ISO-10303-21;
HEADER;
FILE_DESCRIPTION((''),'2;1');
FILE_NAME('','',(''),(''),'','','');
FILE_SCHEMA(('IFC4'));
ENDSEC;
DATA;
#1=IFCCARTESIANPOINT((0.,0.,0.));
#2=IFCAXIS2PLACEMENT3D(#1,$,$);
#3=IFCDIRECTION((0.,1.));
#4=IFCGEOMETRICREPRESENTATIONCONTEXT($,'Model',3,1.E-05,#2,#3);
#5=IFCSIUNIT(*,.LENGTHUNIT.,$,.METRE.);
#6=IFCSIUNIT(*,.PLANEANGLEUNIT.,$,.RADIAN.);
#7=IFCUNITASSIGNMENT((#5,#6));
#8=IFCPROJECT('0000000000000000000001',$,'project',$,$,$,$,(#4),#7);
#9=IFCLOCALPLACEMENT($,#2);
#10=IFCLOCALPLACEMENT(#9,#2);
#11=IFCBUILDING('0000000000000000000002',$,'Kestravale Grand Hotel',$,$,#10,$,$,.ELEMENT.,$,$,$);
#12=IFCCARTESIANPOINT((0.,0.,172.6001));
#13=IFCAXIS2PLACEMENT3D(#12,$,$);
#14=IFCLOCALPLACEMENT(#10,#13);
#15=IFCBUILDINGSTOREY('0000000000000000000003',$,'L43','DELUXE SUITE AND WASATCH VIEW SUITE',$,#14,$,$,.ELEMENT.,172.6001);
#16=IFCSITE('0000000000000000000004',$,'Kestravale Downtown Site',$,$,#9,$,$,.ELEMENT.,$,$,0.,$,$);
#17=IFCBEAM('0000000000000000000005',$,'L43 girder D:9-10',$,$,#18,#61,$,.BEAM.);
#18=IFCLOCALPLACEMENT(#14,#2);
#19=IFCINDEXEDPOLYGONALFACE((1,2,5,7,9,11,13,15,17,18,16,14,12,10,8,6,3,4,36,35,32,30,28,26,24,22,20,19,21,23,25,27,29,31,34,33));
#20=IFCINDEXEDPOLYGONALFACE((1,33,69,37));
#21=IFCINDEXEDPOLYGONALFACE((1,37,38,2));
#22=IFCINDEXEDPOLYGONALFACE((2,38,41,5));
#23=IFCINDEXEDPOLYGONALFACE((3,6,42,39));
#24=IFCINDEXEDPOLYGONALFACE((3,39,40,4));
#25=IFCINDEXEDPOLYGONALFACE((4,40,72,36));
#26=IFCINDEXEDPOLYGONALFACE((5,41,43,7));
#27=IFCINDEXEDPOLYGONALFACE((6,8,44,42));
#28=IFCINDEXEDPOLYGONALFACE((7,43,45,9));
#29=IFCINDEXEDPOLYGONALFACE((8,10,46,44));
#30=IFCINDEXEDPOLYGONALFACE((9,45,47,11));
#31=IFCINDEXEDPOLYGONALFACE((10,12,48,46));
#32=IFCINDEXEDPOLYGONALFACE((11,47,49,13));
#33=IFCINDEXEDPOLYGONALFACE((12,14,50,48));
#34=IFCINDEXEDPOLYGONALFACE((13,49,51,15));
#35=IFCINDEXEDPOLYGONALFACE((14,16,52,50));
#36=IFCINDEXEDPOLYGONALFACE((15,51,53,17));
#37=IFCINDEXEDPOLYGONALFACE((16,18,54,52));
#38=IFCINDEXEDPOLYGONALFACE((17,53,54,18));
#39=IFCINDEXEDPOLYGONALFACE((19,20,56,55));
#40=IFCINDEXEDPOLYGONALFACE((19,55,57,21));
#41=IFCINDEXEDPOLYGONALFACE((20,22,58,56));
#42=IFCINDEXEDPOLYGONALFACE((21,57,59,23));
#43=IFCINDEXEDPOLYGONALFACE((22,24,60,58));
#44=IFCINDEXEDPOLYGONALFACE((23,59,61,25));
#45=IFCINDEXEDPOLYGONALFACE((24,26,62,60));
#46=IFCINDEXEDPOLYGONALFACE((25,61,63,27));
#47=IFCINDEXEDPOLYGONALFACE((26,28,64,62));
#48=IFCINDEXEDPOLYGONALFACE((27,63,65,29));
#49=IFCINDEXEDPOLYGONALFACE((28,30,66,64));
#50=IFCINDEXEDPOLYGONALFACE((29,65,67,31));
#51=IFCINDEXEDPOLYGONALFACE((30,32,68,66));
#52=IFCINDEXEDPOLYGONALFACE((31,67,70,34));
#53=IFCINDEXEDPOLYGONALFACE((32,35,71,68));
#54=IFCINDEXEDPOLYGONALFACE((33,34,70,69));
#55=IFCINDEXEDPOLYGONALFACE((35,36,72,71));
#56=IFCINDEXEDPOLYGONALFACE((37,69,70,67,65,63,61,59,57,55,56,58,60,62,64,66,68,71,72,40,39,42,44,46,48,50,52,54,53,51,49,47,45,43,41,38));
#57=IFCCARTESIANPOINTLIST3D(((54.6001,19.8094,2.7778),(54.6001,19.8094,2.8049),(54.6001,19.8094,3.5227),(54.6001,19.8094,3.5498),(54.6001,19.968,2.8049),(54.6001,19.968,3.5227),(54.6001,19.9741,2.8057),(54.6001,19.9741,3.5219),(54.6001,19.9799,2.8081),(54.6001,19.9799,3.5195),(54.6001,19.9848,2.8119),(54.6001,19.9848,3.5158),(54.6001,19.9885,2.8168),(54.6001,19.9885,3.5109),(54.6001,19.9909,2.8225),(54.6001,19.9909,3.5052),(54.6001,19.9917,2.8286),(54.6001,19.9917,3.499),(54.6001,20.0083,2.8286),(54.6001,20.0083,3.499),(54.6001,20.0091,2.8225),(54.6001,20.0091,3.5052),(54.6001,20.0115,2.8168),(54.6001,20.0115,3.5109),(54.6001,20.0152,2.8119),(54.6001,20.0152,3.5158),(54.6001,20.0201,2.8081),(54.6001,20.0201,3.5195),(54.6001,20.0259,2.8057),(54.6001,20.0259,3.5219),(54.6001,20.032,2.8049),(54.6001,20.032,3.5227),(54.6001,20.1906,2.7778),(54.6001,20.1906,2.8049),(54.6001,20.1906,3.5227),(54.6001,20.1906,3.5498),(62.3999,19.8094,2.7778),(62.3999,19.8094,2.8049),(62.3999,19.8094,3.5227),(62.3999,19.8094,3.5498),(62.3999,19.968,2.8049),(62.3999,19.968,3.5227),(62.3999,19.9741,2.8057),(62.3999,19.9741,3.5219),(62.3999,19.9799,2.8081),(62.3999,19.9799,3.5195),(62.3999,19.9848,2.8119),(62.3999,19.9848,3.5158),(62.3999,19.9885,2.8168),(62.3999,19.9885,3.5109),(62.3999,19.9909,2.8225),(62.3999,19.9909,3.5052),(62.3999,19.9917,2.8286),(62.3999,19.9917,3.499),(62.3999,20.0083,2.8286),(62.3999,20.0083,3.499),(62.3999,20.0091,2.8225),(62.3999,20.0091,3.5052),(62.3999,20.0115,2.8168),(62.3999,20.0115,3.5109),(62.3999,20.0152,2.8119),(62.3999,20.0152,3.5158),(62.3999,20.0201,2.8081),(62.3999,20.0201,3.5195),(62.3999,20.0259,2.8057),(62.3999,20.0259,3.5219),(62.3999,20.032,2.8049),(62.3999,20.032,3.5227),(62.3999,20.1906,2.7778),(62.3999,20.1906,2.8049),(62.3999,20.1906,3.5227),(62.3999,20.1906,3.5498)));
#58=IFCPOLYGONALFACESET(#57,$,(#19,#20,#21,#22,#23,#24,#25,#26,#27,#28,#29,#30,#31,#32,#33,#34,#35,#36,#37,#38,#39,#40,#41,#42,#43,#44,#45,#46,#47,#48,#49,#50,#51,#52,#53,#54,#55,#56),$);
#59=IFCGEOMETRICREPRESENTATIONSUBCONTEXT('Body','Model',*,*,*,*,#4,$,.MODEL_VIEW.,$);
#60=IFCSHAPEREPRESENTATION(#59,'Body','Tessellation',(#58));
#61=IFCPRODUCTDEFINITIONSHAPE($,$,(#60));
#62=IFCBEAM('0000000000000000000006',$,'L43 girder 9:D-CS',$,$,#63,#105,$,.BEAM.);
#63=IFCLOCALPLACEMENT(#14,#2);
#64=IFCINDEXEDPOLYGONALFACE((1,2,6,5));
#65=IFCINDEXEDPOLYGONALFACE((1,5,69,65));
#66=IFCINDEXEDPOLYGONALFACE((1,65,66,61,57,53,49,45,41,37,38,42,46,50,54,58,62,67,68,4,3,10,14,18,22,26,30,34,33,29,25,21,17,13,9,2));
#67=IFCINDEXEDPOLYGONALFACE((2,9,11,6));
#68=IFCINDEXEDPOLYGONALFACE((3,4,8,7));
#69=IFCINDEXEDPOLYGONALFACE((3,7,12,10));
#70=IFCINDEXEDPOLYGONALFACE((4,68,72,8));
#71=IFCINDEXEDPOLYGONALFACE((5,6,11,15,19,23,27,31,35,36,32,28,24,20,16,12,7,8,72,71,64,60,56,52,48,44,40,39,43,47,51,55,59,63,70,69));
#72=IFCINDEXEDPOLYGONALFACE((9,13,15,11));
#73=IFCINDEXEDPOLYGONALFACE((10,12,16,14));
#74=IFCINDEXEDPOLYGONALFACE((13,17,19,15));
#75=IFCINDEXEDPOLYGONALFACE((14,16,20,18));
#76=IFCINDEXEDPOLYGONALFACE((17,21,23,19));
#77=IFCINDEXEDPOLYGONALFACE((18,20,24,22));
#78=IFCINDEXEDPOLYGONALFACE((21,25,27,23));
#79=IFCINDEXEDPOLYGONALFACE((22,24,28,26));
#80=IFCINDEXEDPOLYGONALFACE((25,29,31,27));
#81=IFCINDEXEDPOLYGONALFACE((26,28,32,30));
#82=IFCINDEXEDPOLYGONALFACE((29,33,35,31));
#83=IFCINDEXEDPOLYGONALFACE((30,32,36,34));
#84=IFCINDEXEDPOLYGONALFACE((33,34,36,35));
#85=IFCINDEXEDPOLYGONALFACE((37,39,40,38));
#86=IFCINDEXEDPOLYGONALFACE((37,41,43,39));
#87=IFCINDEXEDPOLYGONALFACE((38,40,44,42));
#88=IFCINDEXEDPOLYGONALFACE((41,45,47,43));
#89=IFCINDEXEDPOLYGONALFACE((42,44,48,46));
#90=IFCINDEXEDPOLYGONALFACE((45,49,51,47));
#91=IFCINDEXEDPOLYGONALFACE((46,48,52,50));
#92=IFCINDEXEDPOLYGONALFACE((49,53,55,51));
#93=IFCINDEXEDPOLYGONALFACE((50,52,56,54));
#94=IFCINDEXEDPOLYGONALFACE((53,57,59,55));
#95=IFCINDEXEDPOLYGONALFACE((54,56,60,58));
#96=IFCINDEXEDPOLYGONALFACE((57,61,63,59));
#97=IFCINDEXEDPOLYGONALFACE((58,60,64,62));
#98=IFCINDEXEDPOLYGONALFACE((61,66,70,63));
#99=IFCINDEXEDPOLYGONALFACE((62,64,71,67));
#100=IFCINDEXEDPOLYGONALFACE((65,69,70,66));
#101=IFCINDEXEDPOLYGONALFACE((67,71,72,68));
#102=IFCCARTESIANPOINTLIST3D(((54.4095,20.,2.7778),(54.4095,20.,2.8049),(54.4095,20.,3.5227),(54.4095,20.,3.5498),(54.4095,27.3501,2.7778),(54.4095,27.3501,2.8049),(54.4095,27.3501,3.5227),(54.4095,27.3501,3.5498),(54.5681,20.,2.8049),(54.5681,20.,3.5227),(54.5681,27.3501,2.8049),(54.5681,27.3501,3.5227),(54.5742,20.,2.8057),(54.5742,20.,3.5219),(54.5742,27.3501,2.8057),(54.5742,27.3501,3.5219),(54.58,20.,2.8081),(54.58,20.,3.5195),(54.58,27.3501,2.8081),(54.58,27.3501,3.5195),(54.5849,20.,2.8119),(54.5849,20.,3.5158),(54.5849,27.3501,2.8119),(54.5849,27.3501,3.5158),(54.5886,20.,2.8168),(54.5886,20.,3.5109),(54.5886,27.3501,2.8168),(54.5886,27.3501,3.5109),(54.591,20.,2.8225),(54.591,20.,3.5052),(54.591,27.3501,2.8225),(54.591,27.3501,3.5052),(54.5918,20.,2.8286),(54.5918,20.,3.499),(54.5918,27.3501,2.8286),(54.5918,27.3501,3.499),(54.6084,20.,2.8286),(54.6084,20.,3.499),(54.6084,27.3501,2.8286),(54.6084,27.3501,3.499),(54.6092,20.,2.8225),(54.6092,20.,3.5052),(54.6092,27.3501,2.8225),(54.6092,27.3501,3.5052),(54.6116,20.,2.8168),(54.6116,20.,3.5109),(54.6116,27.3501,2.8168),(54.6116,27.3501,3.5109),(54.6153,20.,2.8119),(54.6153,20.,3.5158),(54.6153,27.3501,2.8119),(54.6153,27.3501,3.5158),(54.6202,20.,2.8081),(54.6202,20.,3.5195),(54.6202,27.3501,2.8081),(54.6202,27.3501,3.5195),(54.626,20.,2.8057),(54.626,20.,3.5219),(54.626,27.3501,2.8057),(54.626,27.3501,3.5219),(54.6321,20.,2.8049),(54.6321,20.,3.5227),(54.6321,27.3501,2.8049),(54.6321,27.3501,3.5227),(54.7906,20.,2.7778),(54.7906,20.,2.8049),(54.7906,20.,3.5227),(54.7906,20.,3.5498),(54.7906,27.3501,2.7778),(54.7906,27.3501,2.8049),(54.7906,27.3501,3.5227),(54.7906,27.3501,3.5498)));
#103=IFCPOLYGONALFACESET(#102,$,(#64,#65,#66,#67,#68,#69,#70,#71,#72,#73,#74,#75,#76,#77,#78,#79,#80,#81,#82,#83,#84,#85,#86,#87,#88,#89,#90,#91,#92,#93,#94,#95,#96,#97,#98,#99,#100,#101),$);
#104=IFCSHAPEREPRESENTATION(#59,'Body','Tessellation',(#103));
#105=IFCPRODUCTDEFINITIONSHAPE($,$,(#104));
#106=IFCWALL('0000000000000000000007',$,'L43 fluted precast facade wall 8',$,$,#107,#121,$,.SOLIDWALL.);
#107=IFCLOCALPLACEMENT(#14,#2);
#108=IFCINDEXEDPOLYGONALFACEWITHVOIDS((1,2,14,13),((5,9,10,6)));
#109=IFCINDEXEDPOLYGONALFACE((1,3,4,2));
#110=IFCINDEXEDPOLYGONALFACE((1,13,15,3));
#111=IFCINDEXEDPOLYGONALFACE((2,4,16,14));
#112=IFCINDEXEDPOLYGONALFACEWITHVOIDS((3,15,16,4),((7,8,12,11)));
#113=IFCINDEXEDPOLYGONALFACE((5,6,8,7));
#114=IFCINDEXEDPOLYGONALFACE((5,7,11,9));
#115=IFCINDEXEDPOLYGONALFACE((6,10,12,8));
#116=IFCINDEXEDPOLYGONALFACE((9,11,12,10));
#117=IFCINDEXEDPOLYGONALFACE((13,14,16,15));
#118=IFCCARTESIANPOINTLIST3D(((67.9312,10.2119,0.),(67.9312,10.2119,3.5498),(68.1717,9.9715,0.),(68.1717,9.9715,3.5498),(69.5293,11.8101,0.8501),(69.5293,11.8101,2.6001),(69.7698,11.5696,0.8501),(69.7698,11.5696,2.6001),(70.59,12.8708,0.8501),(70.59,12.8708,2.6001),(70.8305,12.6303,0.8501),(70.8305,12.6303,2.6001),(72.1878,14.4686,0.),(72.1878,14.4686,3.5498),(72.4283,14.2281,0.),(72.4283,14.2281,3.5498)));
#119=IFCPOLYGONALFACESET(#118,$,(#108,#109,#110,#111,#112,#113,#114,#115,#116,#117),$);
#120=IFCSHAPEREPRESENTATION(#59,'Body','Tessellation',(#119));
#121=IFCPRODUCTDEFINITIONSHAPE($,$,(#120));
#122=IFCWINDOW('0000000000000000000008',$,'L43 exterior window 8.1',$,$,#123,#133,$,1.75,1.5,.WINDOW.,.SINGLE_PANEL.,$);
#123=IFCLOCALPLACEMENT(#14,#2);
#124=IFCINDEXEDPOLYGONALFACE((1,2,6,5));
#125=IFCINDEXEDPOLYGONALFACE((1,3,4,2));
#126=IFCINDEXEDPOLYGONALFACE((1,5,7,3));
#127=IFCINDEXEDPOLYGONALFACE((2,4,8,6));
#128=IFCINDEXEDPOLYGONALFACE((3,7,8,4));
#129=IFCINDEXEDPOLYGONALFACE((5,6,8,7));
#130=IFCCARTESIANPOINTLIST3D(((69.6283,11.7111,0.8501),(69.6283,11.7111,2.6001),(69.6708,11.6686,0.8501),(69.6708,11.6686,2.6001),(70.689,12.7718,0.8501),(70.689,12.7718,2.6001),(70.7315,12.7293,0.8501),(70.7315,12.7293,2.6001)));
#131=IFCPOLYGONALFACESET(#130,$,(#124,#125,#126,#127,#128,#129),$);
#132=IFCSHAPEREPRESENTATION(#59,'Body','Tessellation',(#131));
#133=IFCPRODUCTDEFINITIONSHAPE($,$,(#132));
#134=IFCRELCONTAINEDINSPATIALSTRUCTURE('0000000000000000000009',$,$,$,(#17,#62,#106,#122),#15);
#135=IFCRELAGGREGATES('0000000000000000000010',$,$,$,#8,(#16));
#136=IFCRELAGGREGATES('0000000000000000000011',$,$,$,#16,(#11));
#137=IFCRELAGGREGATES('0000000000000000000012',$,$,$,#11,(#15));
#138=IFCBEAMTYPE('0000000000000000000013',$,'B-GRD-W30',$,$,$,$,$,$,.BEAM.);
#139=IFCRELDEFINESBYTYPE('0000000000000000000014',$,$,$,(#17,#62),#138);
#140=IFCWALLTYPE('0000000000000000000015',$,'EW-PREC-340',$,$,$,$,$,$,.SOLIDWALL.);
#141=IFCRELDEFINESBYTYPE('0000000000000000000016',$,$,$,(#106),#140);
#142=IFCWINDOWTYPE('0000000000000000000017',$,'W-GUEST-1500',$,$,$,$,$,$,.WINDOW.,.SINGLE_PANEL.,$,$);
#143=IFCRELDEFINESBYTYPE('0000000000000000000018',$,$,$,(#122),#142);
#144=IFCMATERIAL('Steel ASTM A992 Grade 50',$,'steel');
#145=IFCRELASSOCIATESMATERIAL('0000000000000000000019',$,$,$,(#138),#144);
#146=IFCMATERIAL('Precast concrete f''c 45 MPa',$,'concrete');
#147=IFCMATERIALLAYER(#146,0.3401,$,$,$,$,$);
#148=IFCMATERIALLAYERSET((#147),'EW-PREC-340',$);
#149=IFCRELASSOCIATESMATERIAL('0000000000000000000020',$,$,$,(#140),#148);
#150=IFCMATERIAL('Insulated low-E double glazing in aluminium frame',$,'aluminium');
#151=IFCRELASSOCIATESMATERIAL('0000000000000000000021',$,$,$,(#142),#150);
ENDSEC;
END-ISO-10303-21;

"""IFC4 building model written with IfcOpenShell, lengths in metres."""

from ifc_helpers import new_model, si_unit, direction, frame, frame_2d, origin, origin_2d, place, context, subcontext, project, spatial, rectangle, i_section, extrude, material, layer, layer_set, material_profile, profile_set, type_object, element, fill, save


model = new_model("IFC4")

# Units and contexts
model_context = context("Model", 3, precision=1e-05, world=origin(), true_north=direction((0.0, 1.0)))
body_context = subcontext(model_context, "Body", "Model", "MODEL_VIEW")
ifc_project = project(units=[si_unit("LENGTHUNIT", "METRE"), si_unit("PLANEANGLEUNIT", "RADIAN")], contexts=[model_context])

# Site, building, storey
site_placement = place(None, origin())
site = spatial("IfcSite", under=ifc_project, at=site_placement, Name="Kestravale Downtown Site", CompositionType="ELEMENT", RefElevation=0.0)
building_placement = place(site_placement, origin())
building = spatial("IfcBuilding", under=site, at=building_placement, Name="Kestravale Grand Hotel", CompositionType="ELEMENT")
storey_placement = place(building_placement, frame((0.0, 0.0, 172.6001)))
storey = spatial("IfcBuildingStorey", under=building, at=storey_placement, Name="L43", Description="DELUXE SUITE AND WASATCH VIEW SUITE", CompositionType="ELEMENT", Elevation=172.6001)

# Beams
ifc_material_1 = material(Name="Steel ASTM A992 Grade 50", Category="steel")
ifc_material_profile_1 = material_profile(ifc_material_1, i_section(OverallWidth=0.3811, OverallDepth=0.772, WebThickness=0.0166, FlangeThickness=0.0271, FilletRadius=0.0237, at=origin_2d()))
ifc_profile_set_1 = profile_set([ifc_material_profile_1], Name="Steel ASTM A992 Grade 50")
beam_type_1 = type_object("IfcBeamType", Name="B-GRD-W30", PredefinedType="BEAM", material=ifc_profile_set_1)
beam_1_placement = place(storey_placement, frame((54.6001, 20.0, 3.1638), z_axis=(1.0, 0.0, 0.0), x_axis=(0.0, 1.0, 0.0)))
element("IfcBeam", 1, at=beam_1_placement, inside=storey, type_object=beam_type_1, Name="L43 girder D:9-10", PredefinedType="BEAM", context=body_context, shape_type="SweptSolid", body=[
    extrude(i_section(OverallWidth=0.3811, OverallDepth=0.772, WebThickness=0.0166, FlangeThickness=0.0271, FilletRadius=0.0237, at=origin_2d()), origin(), (0.0, 0.0, 1.0), 7.7998),
])
beam_2_placement = place(storey_placement, frame((54.6001, 20.0, 3.1638), z_axis=(0.0, 1.0, 0.0), x_axis=(-1.0, 0.0, 0.0)))
element("IfcBeam", 2, at=beam_2_placement, inside=storey, type_object=beam_type_1, Name="L43 girder 9:D-CS", PredefinedType="BEAM", context=body_context, shape_type="SweptSolid", body=[
    extrude(i_section(OverallWidth=0.3811, OverallDepth=0.772, WebThickness=0.0166, FlangeThickness=0.0271, FilletRadius=0.0237, at=origin_2d()), origin(), (0.0, 0.0, 1.0), 7.3501),
])

# Wall, opening, window
ifc_material_2 = material(Name="Precast concrete f'c 45 MPa", Category="concrete")
ifc_layer_1 = layer(ifc_material_2, 0.3401)
ifc_layer_set_1 = layer_set([ifc_layer_1], Name="EW-PREC-340")
wall_type_1 = type_object("IfcWallType", Name="EW-PREC-340", PredefinedType="SOLIDWALL", material=ifc_layer_set_1)
wall_1_placement = place(storey_placement, frame((68.0515, 10.0918, 0.0), z_axis=(0.0, 0.0, 1.0), x_axis=(0.707107, 0.707107, 0.0)))
wall_1 = element("IfcWall", 3, at=wall_1_placement, inside=storey, type_object=wall_type_1, Name="L43 fluted precast facade wall 8", PredefinedType="SOLIDWALL", context=body_context, shape_type="SweptSolid", body=[
    extrude(rectangle(XDim=6.0198, YDim=0.3401, at=frame_2d((3.0098, 0.0))), origin(), (0.0, 0.0, 1.0), 3.5498),
])
opening_1_placement = place(wall_1_placement, frame((2.26, 0.0, 0.8501)))
opening_1 = element("IfcOpeningElement", 4, at=opening_1_placement, cuts=wall_1, PredefinedType="OPENING", context=body_context, shape_type="SweptSolid", body=[
    extrude(rectangle(XDim=1.5, YDim=1.75, at=frame_2d((0.75, 0.875))), frame((0.0, 0.1799, 0.0), z_axis=(0.0, -1.0, 0.0), x_axis=(1.0, 0.0, 0.0)), (0.0, 0.0, 1.0), 0.3601),
])
ifc_material_3 = material(Name="Insulated low-E double glazing in aluminium frame", Category="aluminium")
window_type = type_object("IfcWindowType", Name="W-GUEST-1500", PartitioningType="SINGLE_PANEL", PredefinedType="WINDOW", material=ifc_material_3)
window_1_placement = place(opening_1_placement, origin())
window_1 = element("IfcWindow", 5, at=window_1_placement, inside=storey, type_object=window_type, Name="L43 exterior window 8.1", OverallHeight=1.75, OverallWidth=1.5, PartitioningType="SINGLE_PANEL", PredefinedType="WINDOW", context=body_context, shape_type="SweptSolid", body=[
    extrude(rectangle(XDim=1.5, YDim=1.75, at=frame_2d((0.75, 0.875))), frame((0.0, 0.03, 0.0), z_axis=(0.0, -1.0, 0.0), x_axis=(1.0, 0.0, 0.0)), (0.0, 0.0, 1.0), 0.0601),
])
fill(opening_1, window_1)

save(model, "model.ifc")
